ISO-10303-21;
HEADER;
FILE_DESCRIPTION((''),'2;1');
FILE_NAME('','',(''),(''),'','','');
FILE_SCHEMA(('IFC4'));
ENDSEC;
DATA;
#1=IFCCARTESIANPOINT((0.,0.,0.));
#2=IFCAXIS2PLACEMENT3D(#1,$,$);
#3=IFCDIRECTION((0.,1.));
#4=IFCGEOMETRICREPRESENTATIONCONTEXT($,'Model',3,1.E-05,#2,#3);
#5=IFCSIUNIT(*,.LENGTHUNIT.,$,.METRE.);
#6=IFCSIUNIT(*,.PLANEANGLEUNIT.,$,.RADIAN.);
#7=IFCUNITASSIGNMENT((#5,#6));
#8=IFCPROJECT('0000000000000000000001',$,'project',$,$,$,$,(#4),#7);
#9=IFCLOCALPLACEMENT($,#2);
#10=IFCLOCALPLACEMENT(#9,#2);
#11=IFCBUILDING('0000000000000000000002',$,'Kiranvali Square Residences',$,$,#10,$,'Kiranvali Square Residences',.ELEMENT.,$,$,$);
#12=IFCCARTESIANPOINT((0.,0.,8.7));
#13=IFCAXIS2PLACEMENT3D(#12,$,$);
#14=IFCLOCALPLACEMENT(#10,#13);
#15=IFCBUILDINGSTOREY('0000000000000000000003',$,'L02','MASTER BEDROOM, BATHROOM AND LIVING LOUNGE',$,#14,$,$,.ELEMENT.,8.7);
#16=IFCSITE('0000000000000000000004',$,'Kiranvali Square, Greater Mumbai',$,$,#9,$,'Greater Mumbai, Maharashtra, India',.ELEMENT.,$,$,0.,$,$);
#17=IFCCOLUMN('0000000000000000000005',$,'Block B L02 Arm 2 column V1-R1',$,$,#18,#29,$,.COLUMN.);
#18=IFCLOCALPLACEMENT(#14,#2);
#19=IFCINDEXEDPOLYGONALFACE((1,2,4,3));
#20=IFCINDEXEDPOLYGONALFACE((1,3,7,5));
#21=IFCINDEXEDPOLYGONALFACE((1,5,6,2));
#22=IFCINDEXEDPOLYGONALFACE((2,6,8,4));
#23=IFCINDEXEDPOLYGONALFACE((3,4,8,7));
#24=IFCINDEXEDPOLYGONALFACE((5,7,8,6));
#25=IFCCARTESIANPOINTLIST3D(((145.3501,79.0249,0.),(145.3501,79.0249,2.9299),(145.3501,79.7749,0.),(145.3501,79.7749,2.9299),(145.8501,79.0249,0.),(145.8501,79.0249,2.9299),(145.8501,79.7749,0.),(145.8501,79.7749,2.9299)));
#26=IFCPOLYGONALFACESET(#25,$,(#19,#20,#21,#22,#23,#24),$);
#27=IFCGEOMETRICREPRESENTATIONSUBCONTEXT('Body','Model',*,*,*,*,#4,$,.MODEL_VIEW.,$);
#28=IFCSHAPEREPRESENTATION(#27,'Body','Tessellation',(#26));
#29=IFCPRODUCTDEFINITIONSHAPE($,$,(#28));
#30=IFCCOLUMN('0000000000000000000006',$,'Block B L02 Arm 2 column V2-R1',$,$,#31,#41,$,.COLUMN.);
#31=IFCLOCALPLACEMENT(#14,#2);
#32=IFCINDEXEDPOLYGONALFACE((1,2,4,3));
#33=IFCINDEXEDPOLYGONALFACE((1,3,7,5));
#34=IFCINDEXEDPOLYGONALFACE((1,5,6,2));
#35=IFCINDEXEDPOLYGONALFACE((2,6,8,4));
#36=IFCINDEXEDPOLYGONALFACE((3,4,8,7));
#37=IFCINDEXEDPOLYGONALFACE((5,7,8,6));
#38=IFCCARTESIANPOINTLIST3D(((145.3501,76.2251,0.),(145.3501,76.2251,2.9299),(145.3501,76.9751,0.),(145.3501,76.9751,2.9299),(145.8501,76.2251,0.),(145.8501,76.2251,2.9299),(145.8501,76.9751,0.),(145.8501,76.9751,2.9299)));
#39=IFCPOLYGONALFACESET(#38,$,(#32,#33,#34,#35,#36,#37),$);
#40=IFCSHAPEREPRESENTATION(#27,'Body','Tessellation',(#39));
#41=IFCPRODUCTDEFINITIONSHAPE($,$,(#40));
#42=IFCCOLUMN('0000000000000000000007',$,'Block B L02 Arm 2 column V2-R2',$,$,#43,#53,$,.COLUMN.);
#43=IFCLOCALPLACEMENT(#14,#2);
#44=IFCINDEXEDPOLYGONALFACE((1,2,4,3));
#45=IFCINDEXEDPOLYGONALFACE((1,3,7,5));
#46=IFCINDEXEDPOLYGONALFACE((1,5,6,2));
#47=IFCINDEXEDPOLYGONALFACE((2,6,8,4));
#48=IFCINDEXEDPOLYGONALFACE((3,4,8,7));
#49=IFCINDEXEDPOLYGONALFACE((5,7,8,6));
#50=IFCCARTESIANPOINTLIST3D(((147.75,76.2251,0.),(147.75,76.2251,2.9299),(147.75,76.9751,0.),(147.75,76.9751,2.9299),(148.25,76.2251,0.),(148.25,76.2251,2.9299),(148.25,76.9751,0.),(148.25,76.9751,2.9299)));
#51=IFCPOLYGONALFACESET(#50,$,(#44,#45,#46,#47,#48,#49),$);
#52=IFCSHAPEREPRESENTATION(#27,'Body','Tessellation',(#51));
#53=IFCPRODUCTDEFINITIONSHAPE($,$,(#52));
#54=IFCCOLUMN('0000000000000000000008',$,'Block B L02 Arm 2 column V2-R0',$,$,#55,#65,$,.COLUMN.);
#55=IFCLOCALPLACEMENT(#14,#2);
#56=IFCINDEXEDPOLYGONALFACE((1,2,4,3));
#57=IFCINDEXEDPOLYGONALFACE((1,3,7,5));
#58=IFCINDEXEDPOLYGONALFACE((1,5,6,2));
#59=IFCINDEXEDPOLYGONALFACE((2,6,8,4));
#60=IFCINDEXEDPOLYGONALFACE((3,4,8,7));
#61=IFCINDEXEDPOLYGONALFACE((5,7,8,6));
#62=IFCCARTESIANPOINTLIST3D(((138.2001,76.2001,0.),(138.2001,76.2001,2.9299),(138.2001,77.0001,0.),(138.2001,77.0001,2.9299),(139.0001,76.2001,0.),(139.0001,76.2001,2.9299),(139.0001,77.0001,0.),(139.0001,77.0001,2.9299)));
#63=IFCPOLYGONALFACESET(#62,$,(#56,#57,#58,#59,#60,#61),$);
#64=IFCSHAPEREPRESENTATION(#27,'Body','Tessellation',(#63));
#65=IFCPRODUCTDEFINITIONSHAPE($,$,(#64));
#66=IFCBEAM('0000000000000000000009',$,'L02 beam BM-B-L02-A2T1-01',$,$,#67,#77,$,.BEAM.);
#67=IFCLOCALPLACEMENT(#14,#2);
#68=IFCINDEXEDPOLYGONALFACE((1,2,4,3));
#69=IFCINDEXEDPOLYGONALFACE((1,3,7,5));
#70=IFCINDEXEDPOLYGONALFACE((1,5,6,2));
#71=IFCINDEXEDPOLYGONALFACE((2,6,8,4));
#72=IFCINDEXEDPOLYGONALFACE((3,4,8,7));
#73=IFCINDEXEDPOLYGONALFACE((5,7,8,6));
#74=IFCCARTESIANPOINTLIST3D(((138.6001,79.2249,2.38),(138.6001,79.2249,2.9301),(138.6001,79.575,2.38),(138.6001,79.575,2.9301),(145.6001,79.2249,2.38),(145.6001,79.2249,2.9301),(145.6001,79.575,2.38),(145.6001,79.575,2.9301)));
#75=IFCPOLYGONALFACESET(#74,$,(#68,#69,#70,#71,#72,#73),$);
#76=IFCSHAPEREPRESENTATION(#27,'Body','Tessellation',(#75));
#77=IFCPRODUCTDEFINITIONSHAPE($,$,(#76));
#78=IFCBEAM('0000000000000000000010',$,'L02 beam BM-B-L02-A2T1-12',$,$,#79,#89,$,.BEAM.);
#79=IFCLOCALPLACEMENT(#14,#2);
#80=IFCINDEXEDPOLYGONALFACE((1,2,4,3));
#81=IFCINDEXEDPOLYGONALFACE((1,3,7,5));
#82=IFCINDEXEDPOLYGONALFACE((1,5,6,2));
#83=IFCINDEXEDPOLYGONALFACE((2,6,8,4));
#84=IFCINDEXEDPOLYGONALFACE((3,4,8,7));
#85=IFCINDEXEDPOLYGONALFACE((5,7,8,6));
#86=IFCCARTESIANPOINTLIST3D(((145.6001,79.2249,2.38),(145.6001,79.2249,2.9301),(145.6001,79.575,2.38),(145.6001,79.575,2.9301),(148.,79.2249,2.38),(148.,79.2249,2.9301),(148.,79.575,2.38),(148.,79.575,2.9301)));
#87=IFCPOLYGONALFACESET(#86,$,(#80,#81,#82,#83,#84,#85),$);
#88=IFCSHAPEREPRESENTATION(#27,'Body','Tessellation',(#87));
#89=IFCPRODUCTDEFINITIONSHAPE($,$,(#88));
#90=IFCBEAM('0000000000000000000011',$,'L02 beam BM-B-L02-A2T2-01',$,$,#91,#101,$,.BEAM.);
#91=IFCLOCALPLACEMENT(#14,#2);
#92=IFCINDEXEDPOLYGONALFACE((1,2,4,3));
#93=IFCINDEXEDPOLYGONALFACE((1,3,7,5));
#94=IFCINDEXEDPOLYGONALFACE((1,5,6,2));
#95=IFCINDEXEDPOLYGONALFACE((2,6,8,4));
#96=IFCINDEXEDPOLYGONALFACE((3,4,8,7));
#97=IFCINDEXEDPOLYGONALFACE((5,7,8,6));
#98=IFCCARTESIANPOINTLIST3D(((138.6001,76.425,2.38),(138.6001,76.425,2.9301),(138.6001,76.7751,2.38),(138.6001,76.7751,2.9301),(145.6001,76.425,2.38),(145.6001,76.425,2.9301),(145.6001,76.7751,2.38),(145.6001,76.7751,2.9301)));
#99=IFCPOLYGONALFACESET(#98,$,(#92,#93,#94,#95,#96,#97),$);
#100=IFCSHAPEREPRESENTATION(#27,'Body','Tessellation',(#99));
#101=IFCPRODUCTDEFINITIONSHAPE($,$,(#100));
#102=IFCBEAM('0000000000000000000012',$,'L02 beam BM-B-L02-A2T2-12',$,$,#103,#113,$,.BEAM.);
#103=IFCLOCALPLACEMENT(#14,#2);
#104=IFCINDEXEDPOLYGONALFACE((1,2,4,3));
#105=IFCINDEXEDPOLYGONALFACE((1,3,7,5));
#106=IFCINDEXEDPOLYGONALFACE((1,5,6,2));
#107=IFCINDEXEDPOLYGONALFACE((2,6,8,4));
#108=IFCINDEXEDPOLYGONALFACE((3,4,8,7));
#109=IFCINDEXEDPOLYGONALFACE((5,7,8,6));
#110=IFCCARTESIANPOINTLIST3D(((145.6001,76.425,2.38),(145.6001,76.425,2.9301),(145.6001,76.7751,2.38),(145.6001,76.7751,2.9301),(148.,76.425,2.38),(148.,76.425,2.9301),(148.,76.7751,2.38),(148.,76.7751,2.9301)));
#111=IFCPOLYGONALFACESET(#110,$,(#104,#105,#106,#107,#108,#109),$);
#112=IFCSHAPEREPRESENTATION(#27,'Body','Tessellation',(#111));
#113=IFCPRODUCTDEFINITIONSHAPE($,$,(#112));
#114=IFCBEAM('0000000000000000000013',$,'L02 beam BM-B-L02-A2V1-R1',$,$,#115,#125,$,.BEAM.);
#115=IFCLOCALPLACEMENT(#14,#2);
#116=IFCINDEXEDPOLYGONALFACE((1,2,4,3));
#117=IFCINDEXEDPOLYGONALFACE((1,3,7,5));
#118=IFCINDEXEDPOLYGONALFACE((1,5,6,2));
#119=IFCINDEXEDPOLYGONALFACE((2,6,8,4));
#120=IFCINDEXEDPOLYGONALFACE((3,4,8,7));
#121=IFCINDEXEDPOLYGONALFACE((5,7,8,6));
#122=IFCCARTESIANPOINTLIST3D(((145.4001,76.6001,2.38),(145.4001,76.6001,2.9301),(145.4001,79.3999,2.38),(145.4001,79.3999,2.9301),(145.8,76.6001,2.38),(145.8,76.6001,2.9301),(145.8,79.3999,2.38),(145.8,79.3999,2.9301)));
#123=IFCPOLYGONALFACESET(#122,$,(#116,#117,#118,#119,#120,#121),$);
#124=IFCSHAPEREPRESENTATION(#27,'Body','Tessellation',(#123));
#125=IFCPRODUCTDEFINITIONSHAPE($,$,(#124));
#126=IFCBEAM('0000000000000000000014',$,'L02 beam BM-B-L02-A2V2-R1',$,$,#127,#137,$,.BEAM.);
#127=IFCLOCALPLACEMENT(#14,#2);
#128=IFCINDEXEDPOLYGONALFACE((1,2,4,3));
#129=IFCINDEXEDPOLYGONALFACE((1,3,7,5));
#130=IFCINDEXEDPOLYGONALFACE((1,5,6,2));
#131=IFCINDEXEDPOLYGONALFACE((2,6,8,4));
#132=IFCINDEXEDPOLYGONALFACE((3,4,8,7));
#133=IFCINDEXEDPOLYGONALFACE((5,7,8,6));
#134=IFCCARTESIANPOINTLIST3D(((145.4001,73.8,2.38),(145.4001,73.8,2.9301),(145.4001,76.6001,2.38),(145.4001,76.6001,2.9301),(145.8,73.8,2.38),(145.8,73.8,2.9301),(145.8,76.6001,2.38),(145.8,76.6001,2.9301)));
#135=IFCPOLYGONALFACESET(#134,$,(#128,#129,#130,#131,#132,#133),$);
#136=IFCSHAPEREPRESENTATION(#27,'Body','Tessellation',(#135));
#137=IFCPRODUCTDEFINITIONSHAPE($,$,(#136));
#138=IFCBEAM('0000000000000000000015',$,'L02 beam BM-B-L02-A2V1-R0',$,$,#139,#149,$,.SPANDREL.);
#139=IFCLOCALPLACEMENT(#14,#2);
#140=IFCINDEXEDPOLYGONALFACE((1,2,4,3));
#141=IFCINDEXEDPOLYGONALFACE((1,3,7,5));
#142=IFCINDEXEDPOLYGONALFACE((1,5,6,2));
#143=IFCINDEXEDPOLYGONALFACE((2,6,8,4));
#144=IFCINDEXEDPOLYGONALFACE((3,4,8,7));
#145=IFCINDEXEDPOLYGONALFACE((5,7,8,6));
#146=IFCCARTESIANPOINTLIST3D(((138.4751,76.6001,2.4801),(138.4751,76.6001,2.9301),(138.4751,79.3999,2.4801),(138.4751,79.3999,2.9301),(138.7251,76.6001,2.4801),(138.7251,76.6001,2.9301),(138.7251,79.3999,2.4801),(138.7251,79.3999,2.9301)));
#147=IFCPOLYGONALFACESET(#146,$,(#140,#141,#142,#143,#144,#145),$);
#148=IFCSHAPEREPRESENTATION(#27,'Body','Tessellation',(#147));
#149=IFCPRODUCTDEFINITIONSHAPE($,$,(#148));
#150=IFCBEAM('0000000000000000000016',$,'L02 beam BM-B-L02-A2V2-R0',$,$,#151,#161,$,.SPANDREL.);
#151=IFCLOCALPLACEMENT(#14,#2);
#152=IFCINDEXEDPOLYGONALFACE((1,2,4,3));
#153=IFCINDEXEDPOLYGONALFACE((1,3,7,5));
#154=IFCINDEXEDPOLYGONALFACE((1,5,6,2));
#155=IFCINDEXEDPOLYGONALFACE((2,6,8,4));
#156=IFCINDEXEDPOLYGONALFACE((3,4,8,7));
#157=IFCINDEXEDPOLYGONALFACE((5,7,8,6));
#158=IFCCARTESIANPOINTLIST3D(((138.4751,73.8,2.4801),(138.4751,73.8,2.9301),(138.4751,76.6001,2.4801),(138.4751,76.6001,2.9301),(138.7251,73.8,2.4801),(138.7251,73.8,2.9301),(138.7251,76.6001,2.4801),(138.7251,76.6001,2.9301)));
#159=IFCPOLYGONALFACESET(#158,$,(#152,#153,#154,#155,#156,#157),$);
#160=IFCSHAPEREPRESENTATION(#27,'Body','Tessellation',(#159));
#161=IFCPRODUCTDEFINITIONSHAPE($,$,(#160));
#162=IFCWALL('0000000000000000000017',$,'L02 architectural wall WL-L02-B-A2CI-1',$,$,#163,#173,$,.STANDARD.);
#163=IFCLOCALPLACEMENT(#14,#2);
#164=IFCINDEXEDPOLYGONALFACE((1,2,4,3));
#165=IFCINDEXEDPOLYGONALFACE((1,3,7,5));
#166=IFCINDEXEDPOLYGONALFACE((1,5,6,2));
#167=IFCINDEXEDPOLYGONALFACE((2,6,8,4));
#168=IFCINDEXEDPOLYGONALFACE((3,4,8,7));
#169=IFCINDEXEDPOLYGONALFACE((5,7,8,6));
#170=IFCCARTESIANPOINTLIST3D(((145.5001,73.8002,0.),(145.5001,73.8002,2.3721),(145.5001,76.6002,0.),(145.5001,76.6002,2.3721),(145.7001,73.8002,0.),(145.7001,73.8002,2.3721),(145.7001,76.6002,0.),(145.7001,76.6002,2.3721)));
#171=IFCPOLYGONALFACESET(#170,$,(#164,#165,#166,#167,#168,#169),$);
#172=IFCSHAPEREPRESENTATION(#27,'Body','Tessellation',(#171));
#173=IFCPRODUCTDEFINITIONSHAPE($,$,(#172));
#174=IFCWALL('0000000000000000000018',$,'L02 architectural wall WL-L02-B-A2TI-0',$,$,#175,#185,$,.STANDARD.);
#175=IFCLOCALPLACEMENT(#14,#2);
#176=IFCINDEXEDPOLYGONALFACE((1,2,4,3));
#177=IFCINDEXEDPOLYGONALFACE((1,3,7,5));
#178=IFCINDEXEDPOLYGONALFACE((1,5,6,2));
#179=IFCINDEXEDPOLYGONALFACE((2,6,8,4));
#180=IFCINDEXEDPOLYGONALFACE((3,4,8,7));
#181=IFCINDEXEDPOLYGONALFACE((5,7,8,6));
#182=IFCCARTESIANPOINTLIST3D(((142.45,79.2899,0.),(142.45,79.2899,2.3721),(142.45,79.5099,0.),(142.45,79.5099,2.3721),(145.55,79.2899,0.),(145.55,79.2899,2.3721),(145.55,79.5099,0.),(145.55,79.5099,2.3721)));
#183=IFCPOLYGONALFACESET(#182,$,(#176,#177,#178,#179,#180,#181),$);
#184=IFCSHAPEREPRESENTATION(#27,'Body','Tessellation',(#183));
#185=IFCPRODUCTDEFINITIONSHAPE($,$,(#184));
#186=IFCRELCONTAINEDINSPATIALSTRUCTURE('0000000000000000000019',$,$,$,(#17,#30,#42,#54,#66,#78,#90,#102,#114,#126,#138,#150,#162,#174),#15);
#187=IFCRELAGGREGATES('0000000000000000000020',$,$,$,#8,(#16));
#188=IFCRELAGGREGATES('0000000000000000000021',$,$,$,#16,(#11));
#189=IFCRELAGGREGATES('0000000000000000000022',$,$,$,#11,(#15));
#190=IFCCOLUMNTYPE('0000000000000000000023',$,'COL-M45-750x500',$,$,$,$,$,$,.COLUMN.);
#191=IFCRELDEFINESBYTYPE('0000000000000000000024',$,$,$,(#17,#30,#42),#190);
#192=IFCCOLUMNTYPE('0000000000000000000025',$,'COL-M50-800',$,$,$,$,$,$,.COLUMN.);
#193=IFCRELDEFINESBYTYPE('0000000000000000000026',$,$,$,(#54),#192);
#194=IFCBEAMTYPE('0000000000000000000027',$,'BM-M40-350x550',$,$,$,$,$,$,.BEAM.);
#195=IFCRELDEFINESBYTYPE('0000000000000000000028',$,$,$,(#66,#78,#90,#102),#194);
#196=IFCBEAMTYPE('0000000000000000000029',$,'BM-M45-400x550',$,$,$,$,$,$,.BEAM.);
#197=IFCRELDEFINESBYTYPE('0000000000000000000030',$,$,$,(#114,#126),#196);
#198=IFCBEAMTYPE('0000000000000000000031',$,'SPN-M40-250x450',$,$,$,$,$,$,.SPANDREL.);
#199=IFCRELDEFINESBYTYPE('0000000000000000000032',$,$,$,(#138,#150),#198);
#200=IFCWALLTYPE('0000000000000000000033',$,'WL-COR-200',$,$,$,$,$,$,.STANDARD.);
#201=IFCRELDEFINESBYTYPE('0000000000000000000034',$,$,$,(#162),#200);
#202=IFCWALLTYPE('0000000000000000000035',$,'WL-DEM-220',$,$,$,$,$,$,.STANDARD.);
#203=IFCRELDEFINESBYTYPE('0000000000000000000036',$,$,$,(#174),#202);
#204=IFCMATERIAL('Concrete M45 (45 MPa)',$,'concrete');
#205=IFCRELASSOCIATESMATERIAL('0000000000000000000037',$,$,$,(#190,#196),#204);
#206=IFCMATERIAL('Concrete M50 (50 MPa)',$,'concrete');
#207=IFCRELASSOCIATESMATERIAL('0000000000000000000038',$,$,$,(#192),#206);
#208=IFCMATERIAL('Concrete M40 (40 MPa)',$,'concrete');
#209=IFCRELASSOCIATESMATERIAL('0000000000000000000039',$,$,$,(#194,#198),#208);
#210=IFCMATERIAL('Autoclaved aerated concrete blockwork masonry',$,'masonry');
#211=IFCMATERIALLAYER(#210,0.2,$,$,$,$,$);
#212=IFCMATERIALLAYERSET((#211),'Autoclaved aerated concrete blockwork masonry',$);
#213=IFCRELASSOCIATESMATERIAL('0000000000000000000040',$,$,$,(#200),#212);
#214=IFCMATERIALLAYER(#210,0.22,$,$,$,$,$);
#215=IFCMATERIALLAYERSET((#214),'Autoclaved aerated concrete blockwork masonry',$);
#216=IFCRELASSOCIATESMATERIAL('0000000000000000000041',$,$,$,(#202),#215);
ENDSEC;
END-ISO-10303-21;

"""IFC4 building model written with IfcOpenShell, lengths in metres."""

from ifc_helpers import new_model, si_unit, direction, frame, frame_2d, origin, origin_2d, place, context, subcontext, project, spatial, rectangle, extrude, material, layer, layer_set, material_profile, profile_set, type_object, element, save


model = new_model("IFC4")

# Units and contexts
model_context = context("Model", 3, precision=1e-05, world=origin(), true_north=direction((0.0, 1.0)))
body_context = subcontext(model_context, "Body", "Model", "MODEL_VIEW")
ifc_project = project(units=[si_unit("LENGTHUNIT", "METRE"), si_unit("PLANEANGLEUNIT", "RADIAN")], contexts=[model_context])

# Site, building, storey
site_placement = place(None, origin())
site = spatial("IfcSite", under=ifc_project, at=site_placement, Name="Kiranvali Square, Greater Mumbai", LongName="Greater Mumbai, Maharashtra, India", CompositionType="ELEMENT", RefElevation=0.0)
building_placement = place(site_placement, origin())
building = spatial("IfcBuilding", under=site, at=building_placement, Name="Kiranvali Square Residences", LongName="Kiranvali Square Residences", CompositionType="ELEMENT")
storey_placement = place(building_placement, frame((0.0, 0.0, 8.7)))
storey = spatial("IfcBuildingStorey", under=building, at=storey_placement, Name="L02", Description="MASTER BEDROOM, BATHROOM AND LIVING LOUNGE", CompositionType="ELEMENT", Elevation=8.7)

# Columns
ifc_material_1 = material(Name="Concrete M45 (45 MPa)", Category="concrete")
ifc_material_profile_1 = material_profile(ifc_material_1, rectangle(XDim=0.5, YDim=0.75, at=origin_2d()), Name="RC 750x500")
ifc_profile_set_1 = profile_set([ifc_material_profile_1], Name="Concrete M45 (45 MPa)")
column_type_1 = type_object("IfcColumnType", Name="COL-M45-750x500", PredefinedType="COLUMN", material=ifc_profile_set_1)
for number, where, z_axis, x_axis, name in (
    (1, (145.6001, 79.3999, 0.0), (0.0, 0.0, 1.0), (1.0, 0.0, 0.0), "Block B L02 Arm 2 column V1-R1"),
    (2, (145.6001, 76.6001, 0.0), (0.0, 0.0, 1.0), (1.0, 0.0, 0.0), "Block B L02 Arm 2 column V2-R1"),
    (3, (148.0, 76.6001, 0.0), (0.0, 0.0, 1.0), (1.0, 0.0, 0.0), "Block B L02 Arm 2 column V2-R2"),
):
    element("IfcColumn", number, at=place(storey_placement, frame(where, z_axis=z_axis, x_axis=x_axis)), inside=storey, type_object=column_type_1, Name=name, PredefinedType="COLUMN", context=body_context, shape_type="SweptSolid", body=[
        extrude(rectangle(XDim=0.5, YDim=0.75, at=origin_2d()), origin(), (0.0, 0.0, 1.0), 2.9299),
    ])
ifc_material_2 = material(Name="Concrete M50 (50 MPa)", Category="concrete")
ifc_material_profile_2 = material_profile(ifc_material_2, rectangle(XDim=0.8, YDim=0.8, at=origin_2d()), Name="RC 800x800")
ifc_profile_set_2 = profile_set([ifc_material_profile_2], Name="Concrete M50 (50 MPa)")
column_type_2 = type_object("IfcColumnType", Name="COL-M50-800", PredefinedType="COLUMN", material=ifc_profile_set_2)
column_placement = place(storey_placement, frame((138.6001, 76.6001, 0.0), z_axis=(0.0, 0.0, 1.0), x_axis=(1.0, 0.0, 0.0)))
element("IfcColumn", 4, at=column_placement, inside=storey, type_object=column_type_2, Name="Block B L02 Arm 2 column V2-R0", PredefinedType="COLUMN", context=body_context, shape_type="SweptSolid", body=[
    extrude(rectangle(XDim=0.8, YDim=0.8, at=origin_2d()), origin(), (0.0, 0.0, 1.0), 2.9299),
])

# Beams
ifc_material_3 = material(Name="Concrete M40 (40 MPa)", Category="concrete")
ifc_material_profile_3 = material_profile(ifc_material_3, rectangle(XDim=0.3501, YDim=0.55, at=origin_2d()), Name="RC 350x550")
ifc_profile_set_3 = profile_set([ifc_material_profile_3], Name="Concrete M40 (40 MPa)")
beam_type_1 = type_object("IfcBeamType", Name="BM-M40-350x550", PredefinedType="BEAM", material=ifc_profile_set_3)
beam_1_placement = place(storey_placement, frame((138.6001, 79.3999, 2.655), z_axis=(1.0, 0.0, 0.0), x_axis=(0.0, 1.0, 0.0)))
element("IfcBeam", 5, at=beam_1_placement, inside=storey, type_object=beam_type_1, Name="L02 beam BM-B-L02-A2T1-01", PredefinedType="BEAM", context=body_context, shape_type="SweptSolid", body=[
    extrude(rectangle(XDim=0.3501, YDim=0.55, at=origin_2d()), origin(), (0.0, 0.0, 1.0), 7.0),
])
beam_2_placement = place(storey_placement, frame((145.6001, 79.3999, 2.655), z_axis=(1.0, 0.0, 0.0), x_axis=(0.0, 1.0, 0.0)))
element("IfcBeam", 6, at=beam_2_placement, inside=storey, type_object=beam_type_1, Name="L02 beam BM-B-L02-A2T1-12", PredefinedType="BEAM", context=body_context, shape_type="SweptSolid", body=[
    extrude(rectangle(XDim=0.3501, YDim=0.55, at=origin_2d()), origin(), (0.0, 0.0, 1.0), 2.3999),
])
beam_3_placement = place(storey_placement, frame((138.6001, 76.6001, 2.655), z_axis=(1.0, 0.0, 0.0), x_axis=(0.0, 1.0, 0.0)))
element("IfcBeam", 7, at=beam_3_placement, inside=storey, type_object=beam_type_1, Name="L02 beam BM-B-L02-A2T2-01", PredefinedType="BEAM", context=body_context, shape_type="SweptSolid", body=[
    extrude(rectangle(XDim=0.3501, YDim=0.55, at=origin_2d()), origin(), (0.0, 0.0, 1.0), 7.0),
])
beam_4_placement = place(storey_placement, frame((145.6001, 76.6001, 2.655), z_axis=(1.0, 0.0, 0.0), x_axis=(0.0, 1.0, 0.0)))
element("IfcBeam", 8, at=beam_4_placement, inside=storey, type_object=beam_type_1, Name="L02 beam BM-B-L02-A2T2-12", PredefinedType="BEAM", context=body_context, shape_type="SweptSolid", body=[
    extrude(rectangle(XDim=0.3501, YDim=0.55, at=origin_2d()), origin(), (0.0, 0.0, 1.0), 2.3999),
])
ifc_material_profile_4 = material_profile(ifc_material_1, rectangle(XDim=0.3999, YDim=0.55, at=origin_2d()), Name="RC 400x550")
ifc_profile_set_4 = profile_set([ifc_material_profile_4], Name="Concrete M45 (45 MPa)")
beam_type_2 = type_object("IfcBeamType", Name="BM-M45-400x550", PredefinedType="BEAM", material=ifc_profile_set_4)
beam_5_placement = place(storey_placement, frame((145.6001, 79.3999, 2.655), z_axis=(0.0, -1.0, 0.0), x_axis=(1.0, 0.0, 0.0)))
element("IfcBeam", 9, at=beam_5_placement, inside=storey, type_object=beam_type_2, Name="L02 beam BM-B-L02-A2V1-R1", PredefinedType="BEAM", context=body_context, shape_type="SweptSolid", body=[
    extrude(rectangle(XDim=0.3999, YDim=0.55, at=origin_2d()), origin(), (0.0, 0.0, 1.0), 2.7998),
])
beam_6_placement = place(storey_placement, frame((145.6001, 76.6001, 2.655), z_axis=(0.0, -1.0, 0.0), x_axis=(1.0, 0.0, 0.0)))
element("IfcBeam", 10, at=beam_6_placement, inside=storey, type_object=beam_type_2, Name="L02 beam BM-B-L02-A2V2-R1", PredefinedType="BEAM", context=body_context, shape_type="SweptSolid", body=[
    extrude(rectangle(XDim=0.3999, YDim=0.55, at=origin_2d()), origin(), (0.0, 0.0, 1.0), 2.8),
])
ifc_material_profile_5 = material_profile(ifc_material_3, rectangle(XDim=0.25, YDim=0.45, at=origin_2d()), Name="RC 250x450")
ifc_profile_set_5 = profile_set([ifc_material_profile_5], Name="Concrete M40 (40 MPa)")
beam_type_3 = type_object("IfcBeamType", Name="SPN-M40-250x450", PredefinedType="SPANDREL", material=ifc_profile_set_5)
beam_7_placement = place(storey_placement, frame((138.6001, 79.3999, 2.7051), z_axis=(0.0, -1.0, 0.0), x_axis=(1.0, 0.0, 0.0)))
element("IfcBeam", 11, at=beam_7_placement, inside=storey, type_object=beam_type_3, Name="L02 beam BM-B-L02-A2V1-R0", PredefinedType="SPANDREL", context=body_context, shape_type="SweptSolid", body=[
    extrude(rectangle(XDim=0.25, YDim=0.45, at=origin_2d()), origin(), (0.0, 0.0, 1.0), 2.7998),
])
beam_8_placement = place(storey_placement, frame((138.6001, 76.6001, 2.7051), z_axis=(0.0, -1.0, 0.0), x_axis=(1.0, 0.0, 0.0)))
element("IfcBeam", 12, at=beam_8_placement, inside=storey, type_object=beam_type_3, Name="L02 beam BM-B-L02-A2V2-R0", PredefinedType="SPANDREL", context=body_context, shape_type="SweptSolid", body=[
    extrude(rectangle(XDim=0.25, YDim=0.45, at=origin_2d()), origin(), (0.0, 0.0, 1.0), 2.8),
])

# Shared definitions
ifc_material_4 = material(Name="Autoclaved aerated concrete blockwork masonry", Category="masonry")
ifc_layer_1 = layer(ifc_material_4, 0.2)
ifc_layer_set_1 = layer_set([ifc_layer_1], Name="Autoclaved aerated concrete blockwork masonry")
wall_type_1 = type_object("IfcWallType", Name="WL-COR-200", PredefinedType="STANDARD", material=ifc_layer_set_1)

# Walls
wall_1_placement = place(storey_placement, frame((145.6001, 76.6001, 0.0), z_axis=(0.0, 0.0, 1.0), x_axis=(0.0, -1.0, 0.0)))
element("IfcWall", 13, at=wall_1_placement, inside=storey, type_object=wall_type_1, Name="L02 architectural wall WL-L02-B-A2CI-1", PredefinedType="STANDARD", context=body_context, shape_type="SweptSolid", body=[
    extrude(rectangle(XDim=2.8, YDim=0.2, at=frame_2d((1.3999, 0.0))), origin(), (0.0, 0.0, 1.0), 2.3721),
])
ifc_layer_2 = layer(ifc_material_4, 0.22)
ifc_layer_set_2 = layer_set([ifc_layer_2], Name="Autoclaved aerated concrete blockwork masonry")
wall_type_2 = type_object("IfcWallType", Name="WL-DEM-220", PredefinedType="STANDARD", material=ifc_layer_set_2)
wall_2_placement = place(storey_placement, frame((142.45, 79.3999, 0.0), z_axis=(0.0, 0.0, 1.0), x_axis=(1.0, 0.0, 0.0)))
element("IfcWall", 14, at=wall_2_placement, inside=storey, type_object=wall_type_2, Name="L02 architectural wall WL-L02-B-A2TI-0", PredefinedType="STANDARD", context=body_context, shape_type="SweptSolid", body=[
    extrude(rectangle(XDim=3.1001, YDim=0.22, at=frame_2d((1.55, 0.0))), origin(), (0.0, 0.0, 1.0), 2.3721),
])

save(model, "model.ifc")
